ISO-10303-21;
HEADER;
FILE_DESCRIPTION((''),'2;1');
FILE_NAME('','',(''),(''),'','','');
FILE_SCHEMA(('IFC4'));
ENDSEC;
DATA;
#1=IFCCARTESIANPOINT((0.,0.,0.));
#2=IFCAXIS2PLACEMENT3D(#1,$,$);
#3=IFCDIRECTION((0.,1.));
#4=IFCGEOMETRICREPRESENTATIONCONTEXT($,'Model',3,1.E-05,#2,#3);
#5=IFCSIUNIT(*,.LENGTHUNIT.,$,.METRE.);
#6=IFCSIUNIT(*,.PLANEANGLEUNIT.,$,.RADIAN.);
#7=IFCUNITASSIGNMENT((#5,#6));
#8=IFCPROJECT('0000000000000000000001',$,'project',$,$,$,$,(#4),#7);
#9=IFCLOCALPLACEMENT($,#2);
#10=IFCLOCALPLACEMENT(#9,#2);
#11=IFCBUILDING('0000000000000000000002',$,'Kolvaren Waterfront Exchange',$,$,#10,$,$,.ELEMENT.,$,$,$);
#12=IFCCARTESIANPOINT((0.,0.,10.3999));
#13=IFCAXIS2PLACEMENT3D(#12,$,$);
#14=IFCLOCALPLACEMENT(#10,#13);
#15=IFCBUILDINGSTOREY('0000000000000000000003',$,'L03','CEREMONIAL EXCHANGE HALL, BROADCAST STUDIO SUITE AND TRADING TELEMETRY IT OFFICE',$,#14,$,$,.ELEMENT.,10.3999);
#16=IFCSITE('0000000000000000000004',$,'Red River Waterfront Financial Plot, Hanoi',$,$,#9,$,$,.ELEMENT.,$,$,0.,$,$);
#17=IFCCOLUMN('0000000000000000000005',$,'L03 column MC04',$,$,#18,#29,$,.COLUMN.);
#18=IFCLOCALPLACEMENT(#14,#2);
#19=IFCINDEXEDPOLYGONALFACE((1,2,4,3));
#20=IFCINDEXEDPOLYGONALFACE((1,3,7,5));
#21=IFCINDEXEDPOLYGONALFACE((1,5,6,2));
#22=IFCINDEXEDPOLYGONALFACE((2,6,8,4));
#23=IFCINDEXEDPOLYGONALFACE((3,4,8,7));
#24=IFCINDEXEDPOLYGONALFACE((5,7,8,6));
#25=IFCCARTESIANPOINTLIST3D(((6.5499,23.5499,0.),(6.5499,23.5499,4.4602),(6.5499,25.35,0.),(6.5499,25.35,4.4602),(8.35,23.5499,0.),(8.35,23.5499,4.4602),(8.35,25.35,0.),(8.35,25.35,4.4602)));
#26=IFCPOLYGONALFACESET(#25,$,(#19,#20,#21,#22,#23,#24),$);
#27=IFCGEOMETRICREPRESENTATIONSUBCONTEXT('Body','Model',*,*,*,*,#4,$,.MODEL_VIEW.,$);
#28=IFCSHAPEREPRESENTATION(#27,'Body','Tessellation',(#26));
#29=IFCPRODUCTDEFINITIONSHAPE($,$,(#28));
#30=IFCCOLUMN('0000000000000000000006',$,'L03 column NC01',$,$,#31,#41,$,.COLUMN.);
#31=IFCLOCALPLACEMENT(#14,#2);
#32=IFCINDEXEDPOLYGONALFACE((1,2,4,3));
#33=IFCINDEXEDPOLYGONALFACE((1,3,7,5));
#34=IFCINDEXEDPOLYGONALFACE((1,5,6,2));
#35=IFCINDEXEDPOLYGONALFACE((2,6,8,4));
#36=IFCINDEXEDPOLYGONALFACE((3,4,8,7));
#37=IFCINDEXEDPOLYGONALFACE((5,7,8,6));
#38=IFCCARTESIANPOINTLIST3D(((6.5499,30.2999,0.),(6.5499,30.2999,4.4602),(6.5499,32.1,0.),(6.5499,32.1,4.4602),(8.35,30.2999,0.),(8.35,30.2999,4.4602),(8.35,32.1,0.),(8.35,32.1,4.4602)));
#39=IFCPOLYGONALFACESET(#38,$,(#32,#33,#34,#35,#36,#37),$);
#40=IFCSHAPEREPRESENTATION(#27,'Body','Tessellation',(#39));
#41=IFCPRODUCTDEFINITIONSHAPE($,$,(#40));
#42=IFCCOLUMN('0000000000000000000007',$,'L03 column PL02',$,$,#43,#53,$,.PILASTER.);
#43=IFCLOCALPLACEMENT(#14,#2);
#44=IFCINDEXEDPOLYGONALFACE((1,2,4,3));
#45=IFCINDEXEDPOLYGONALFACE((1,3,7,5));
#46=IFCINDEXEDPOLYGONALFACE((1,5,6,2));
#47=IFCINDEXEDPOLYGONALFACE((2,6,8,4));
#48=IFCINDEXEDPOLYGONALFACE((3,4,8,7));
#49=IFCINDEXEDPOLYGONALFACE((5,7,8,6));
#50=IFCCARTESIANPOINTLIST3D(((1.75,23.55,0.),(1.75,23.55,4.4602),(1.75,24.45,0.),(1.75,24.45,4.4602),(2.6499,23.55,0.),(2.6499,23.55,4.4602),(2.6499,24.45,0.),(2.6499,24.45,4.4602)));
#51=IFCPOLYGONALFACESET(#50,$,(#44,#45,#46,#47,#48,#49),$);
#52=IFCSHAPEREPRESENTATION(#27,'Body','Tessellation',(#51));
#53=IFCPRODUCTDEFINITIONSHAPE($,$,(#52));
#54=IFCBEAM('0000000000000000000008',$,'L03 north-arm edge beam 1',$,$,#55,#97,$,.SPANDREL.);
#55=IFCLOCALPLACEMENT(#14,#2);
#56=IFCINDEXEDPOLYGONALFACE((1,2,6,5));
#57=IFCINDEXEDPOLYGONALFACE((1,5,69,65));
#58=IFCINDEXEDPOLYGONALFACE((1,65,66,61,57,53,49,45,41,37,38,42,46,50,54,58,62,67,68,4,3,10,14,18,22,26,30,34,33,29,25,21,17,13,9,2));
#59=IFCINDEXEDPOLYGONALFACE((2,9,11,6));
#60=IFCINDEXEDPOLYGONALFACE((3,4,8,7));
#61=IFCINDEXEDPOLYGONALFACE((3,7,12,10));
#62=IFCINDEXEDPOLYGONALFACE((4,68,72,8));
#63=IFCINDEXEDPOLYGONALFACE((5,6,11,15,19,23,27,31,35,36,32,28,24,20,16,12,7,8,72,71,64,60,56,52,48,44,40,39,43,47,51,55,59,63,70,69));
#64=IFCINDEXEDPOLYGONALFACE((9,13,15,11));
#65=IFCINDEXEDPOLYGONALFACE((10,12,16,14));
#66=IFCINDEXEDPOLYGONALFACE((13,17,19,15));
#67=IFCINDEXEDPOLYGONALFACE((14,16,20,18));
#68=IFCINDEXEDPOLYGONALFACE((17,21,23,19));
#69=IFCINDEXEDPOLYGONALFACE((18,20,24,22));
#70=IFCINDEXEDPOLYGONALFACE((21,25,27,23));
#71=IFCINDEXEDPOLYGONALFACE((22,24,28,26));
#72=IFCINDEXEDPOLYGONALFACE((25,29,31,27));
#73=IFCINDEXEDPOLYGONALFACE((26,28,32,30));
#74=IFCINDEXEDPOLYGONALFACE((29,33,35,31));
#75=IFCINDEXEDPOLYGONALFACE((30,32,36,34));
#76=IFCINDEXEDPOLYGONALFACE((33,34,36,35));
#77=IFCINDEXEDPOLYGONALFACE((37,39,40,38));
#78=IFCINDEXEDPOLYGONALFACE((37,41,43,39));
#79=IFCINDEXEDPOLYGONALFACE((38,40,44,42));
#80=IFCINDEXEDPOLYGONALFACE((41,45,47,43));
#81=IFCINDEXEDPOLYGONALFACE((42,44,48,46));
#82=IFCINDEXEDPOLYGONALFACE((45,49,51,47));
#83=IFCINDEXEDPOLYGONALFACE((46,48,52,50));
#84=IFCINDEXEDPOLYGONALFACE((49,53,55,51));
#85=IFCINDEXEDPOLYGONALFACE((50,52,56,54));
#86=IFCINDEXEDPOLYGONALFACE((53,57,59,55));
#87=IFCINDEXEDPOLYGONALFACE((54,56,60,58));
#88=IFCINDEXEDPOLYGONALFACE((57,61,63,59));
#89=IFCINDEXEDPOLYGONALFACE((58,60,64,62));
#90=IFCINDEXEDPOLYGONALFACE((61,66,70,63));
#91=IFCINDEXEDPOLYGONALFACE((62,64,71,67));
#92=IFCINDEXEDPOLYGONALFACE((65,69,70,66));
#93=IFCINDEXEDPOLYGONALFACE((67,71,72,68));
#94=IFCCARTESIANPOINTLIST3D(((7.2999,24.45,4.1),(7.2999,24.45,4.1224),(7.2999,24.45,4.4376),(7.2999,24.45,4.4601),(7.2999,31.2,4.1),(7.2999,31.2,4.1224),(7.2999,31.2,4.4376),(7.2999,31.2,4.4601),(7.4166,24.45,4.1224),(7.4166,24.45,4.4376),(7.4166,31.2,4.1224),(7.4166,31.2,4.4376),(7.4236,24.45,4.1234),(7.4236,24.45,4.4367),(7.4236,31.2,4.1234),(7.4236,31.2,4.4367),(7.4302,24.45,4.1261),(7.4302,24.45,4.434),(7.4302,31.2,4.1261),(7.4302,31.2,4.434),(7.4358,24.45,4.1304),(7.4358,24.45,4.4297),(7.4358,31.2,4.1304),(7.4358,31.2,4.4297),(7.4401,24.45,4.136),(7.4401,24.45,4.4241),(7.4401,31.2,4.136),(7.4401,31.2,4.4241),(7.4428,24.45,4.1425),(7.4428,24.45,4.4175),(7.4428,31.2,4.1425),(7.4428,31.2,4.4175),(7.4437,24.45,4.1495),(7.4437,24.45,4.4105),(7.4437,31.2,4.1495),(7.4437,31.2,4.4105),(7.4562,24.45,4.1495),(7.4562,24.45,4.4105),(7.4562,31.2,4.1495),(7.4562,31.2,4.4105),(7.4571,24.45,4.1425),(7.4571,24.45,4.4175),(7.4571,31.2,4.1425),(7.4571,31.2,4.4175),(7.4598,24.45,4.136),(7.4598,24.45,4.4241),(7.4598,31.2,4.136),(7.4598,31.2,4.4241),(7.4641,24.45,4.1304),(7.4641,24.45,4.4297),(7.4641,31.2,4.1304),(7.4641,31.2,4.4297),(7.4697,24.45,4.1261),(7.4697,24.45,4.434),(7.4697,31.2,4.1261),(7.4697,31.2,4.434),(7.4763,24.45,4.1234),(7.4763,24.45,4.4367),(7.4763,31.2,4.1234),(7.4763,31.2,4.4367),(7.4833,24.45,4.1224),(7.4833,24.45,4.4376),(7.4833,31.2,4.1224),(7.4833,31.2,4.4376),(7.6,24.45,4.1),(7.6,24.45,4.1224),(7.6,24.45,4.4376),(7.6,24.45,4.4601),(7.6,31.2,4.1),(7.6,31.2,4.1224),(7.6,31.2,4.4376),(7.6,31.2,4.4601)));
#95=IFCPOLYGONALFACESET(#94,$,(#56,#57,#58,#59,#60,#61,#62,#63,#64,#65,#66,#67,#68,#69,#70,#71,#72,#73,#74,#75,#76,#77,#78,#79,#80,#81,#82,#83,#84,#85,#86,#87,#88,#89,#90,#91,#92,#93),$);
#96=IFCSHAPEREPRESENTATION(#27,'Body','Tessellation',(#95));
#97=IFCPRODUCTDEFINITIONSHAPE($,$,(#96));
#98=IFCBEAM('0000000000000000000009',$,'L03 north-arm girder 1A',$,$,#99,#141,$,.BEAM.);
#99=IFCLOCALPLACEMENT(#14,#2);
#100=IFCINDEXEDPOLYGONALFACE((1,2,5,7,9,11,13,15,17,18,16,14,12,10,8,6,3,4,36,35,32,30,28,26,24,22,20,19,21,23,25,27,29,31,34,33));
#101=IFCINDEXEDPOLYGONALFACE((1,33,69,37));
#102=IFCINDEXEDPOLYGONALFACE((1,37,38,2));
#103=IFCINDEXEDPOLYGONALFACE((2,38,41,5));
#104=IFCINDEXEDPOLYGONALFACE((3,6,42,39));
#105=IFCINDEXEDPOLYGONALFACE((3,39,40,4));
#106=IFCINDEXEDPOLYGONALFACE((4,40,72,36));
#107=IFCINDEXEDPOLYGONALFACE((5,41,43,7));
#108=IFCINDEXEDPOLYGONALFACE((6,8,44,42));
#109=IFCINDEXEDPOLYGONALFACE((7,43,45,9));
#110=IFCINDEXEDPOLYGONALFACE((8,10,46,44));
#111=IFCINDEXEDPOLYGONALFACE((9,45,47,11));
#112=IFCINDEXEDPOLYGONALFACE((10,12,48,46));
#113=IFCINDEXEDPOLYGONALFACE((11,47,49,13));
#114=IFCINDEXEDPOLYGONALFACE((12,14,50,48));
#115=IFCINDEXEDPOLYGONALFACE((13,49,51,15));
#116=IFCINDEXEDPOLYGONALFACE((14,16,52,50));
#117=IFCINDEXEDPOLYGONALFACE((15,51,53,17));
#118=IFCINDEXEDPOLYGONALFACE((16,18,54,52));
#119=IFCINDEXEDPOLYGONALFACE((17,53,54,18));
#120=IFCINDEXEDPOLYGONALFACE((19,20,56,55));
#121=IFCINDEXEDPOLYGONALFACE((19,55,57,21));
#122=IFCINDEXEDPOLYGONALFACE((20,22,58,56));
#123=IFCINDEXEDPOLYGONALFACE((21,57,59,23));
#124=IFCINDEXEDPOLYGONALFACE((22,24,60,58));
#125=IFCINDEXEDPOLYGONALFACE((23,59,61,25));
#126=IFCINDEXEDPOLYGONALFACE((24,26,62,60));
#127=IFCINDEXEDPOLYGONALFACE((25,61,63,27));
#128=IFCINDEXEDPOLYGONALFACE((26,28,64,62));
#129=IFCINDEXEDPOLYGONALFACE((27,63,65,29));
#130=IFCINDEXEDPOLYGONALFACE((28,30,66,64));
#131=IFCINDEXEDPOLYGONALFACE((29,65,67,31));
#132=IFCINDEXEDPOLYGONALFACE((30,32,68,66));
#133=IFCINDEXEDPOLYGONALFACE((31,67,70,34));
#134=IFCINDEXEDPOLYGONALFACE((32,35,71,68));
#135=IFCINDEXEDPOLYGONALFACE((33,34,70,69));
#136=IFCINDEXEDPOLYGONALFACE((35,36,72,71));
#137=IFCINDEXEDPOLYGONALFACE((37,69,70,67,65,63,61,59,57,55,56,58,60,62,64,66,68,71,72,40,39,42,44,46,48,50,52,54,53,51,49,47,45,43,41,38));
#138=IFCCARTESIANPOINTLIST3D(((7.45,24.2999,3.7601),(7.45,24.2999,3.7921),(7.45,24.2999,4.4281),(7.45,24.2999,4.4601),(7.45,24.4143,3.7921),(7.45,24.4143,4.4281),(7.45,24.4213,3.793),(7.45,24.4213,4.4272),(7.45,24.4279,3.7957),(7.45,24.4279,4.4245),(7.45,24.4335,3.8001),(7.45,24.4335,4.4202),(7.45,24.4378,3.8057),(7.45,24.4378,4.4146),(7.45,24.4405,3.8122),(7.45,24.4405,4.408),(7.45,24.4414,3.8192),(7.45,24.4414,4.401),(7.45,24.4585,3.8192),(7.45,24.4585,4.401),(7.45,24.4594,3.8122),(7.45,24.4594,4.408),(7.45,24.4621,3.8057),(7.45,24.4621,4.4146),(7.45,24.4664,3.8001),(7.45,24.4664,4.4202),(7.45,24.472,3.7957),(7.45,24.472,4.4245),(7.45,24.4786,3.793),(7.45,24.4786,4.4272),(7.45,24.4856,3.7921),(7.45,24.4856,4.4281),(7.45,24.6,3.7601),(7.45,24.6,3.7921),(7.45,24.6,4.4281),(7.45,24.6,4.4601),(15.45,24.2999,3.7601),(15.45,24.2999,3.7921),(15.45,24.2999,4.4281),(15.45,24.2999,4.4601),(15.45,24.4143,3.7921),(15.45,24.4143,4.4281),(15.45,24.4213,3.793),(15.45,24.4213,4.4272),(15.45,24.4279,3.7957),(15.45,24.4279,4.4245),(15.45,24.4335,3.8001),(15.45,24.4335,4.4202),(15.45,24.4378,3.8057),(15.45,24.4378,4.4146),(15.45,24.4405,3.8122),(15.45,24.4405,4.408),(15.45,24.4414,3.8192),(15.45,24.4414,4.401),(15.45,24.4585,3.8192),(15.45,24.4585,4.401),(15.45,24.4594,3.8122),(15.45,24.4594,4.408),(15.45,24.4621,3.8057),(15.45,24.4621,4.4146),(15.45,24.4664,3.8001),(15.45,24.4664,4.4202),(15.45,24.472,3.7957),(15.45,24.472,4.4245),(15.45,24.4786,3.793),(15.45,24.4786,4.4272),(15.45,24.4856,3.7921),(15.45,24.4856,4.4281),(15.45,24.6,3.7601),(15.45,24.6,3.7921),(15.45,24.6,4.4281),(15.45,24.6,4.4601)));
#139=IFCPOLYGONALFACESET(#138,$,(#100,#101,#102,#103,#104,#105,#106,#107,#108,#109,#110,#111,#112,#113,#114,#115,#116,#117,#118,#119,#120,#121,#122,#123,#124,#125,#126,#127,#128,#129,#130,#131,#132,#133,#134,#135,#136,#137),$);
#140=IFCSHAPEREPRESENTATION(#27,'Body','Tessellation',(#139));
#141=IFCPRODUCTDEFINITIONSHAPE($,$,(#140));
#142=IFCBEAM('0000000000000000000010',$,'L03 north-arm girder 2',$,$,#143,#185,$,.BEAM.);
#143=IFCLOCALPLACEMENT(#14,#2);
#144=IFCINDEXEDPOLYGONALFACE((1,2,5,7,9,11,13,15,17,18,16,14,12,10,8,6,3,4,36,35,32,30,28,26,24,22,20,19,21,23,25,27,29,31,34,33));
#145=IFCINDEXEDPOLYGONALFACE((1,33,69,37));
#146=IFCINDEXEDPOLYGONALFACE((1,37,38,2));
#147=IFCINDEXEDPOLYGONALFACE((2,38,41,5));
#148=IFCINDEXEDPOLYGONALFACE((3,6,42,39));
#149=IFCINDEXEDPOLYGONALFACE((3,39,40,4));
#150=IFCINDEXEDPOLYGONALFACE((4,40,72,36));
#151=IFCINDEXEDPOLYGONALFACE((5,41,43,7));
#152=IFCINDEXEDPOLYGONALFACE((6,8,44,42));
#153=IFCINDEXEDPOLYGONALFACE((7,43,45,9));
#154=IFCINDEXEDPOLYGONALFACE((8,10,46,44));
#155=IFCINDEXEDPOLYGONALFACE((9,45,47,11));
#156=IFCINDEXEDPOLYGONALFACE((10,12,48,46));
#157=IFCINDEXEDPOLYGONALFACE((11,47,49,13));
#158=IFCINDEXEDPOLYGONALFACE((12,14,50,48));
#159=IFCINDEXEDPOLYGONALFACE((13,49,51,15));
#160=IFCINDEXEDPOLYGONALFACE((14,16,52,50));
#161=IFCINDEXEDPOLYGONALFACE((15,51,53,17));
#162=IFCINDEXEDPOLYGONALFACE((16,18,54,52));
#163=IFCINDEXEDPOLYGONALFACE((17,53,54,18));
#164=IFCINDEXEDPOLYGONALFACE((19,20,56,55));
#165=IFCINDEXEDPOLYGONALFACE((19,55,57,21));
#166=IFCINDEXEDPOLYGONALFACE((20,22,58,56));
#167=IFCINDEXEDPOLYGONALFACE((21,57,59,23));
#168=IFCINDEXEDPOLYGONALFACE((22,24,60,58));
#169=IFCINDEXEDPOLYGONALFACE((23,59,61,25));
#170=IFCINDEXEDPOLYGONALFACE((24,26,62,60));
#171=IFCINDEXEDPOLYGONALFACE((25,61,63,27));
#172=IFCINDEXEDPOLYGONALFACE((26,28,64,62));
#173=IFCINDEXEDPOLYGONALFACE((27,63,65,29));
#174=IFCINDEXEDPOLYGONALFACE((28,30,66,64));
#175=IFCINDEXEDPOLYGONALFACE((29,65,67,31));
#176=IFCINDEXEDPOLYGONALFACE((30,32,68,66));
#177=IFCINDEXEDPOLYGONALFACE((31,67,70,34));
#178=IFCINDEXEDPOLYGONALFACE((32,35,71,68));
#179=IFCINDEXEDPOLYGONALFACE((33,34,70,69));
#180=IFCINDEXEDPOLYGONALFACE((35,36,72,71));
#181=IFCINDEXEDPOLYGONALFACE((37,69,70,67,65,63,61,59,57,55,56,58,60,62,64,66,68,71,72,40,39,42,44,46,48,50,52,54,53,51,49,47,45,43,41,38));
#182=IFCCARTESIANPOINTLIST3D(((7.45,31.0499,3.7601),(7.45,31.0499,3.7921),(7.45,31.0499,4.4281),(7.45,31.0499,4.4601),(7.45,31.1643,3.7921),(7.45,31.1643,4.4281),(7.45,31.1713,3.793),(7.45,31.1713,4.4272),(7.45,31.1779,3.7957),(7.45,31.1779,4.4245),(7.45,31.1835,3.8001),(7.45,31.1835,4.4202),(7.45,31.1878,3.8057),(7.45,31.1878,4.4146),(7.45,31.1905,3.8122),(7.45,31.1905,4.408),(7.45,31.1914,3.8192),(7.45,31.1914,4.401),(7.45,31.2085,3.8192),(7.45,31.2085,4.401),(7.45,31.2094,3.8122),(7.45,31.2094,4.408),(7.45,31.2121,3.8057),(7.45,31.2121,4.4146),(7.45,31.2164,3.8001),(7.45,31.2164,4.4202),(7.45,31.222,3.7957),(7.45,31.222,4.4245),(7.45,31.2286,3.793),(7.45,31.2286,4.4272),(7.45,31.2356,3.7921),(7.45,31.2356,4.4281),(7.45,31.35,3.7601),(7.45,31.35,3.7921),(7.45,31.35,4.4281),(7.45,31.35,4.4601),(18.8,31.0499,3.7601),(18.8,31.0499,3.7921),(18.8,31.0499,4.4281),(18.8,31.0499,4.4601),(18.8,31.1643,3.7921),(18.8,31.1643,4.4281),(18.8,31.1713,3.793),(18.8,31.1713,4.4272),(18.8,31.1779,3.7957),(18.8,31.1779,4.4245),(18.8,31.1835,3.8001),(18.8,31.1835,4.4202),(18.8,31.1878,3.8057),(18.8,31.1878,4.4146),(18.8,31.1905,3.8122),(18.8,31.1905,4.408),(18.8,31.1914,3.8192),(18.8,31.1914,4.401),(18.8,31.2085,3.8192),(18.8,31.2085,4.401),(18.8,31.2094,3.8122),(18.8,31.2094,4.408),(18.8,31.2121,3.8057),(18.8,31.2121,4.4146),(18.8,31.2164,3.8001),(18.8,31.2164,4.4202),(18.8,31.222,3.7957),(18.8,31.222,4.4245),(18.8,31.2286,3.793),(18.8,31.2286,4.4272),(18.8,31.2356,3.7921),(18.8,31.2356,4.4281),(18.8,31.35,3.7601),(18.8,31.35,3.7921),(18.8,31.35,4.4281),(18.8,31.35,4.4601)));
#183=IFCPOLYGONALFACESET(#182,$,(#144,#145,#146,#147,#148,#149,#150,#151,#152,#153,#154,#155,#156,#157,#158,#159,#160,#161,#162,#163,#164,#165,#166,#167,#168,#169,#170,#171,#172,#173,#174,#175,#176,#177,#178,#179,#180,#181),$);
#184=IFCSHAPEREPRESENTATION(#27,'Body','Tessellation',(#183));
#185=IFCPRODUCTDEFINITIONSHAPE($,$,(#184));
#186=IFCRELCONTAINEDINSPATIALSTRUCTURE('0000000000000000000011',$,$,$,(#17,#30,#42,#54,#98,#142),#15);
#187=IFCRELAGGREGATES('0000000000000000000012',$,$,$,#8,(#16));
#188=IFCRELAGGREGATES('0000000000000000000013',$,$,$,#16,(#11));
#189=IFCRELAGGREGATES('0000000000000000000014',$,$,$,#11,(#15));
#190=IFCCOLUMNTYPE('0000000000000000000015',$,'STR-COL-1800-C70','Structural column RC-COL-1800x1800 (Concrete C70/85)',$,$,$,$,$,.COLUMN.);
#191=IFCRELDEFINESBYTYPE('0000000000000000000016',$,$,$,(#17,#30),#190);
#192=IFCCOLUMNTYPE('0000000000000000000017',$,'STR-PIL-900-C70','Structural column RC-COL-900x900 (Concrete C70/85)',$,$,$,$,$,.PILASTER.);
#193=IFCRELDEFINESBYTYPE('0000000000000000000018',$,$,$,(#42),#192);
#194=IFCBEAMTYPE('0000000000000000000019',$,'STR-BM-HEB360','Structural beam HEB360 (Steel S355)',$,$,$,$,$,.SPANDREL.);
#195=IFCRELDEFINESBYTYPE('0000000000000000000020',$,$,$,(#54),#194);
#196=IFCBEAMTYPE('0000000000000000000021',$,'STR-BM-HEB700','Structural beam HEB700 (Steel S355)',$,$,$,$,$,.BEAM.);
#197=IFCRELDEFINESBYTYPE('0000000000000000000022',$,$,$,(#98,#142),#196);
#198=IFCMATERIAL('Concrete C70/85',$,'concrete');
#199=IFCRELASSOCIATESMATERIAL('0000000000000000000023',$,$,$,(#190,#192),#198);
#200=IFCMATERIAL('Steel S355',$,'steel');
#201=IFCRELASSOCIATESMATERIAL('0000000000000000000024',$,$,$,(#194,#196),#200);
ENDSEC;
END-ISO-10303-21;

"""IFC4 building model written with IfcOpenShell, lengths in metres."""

from ifc_helpers import new_model, si_unit, direction, frame, origin, origin_2d, place, context, subcontext, project, spatial, rectangle, i_section, extrude, material, material_profile, profile_set, type_object, element, save


model = new_model("IFC4")

# Units and contexts
model_context = context("Model", 3, precision=1e-05, world=origin(), true_north=direction((0.0, 1.0)))
body_context = subcontext(model_context, "Body", "Model", "MODEL_VIEW")
ifc_project = project(units=[si_unit("LENGTHUNIT", "METRE"), si_unit("PLANEANGLEUNIT", "RADIAN")], contexts=[model_context])

# Site, building, storey
site_placement = place(None, origin())
site = spatial("IfcSite", under=ifc_project, at=site_placement, Name="Red River Waterfront Financial Plot, Hanoi", CompositionType="ELEMENT", RefElevation=0.0)
building_placement = place(site_placement, origin())
building = spatial("IfcBuilding", under=site, at=building_placement, Name="Kolvaren Waterfront Exchange", CompositionType="ELEMENT")
storey_placement = place(building_placement, frame((0.0, 0.0, 10.3999)))
storey = spatial("IfcBuildingStorey", under=building, at=storey_placement, Name="L03", Description="CEREMONIAL EXCHANGE HALL, BROADCAST STUDIO SUITE AND TRADING TELEMETRY IT OFFICE", CompositionType="ELEMENT", Elevation=10.3999)

# Columns
ifc_material_1 = material(Name="Concrete C70/85", Category="concrete")
ifc_material_profile_1 = material_profile(ifc_material_1, rectangle(XDim=1.8, YDim=1.8, at=origin_2d()), Name="RC-COL-1800x1800")
ifc_profile_set_1 = profile_set([ifc_material_profile_1], Name="Concrete C70/85")
column_type_1 = type_object("IfcColumnType", Name="STR-COL-1800-C70", Description="Structural column RC-COL-1800x1800 (Concrete C70/85)", PredefinedType="COLUMN", material=ifc_profile_set_1)
for number, where, z_axis, x_axis, name in (
    (1, (7.45, 24.45, 0.0), (0.0, 0.0, 1.0), (1.0, 0.0, 0.0), "L03 column MC04"),
    (2, (7.45, 31.2, 0.0), (0.0, 0.0, 1.0), (1.0, 0.0, 0.0), "L03 column NC01"),
):
    element("IfcColumn", number, at=place(storey_placement, frame(where, z_axis=z_axis, x_axis=x_axis)), inside=storey, type_object=column_type_1, Name=name, PredefinedType="COLUMN", context=body_context, shape_type="SweptSolid", body=[
        extrude(rectangle(XDim=1.8, YDim=1.8, at=origin_2d()), origin(), (0.0, 0.0, 1.0), 4.4602),
    ])
ifc_material_profile_2 = material_profile(ifc_material_1, rectangle(XDim=0.8999, YDim=0.8999, at=origin_2d()), Name="RC-COL-900x900")
ifc_profile_set_2 = profile_set([ifc_material_profile_2], Name="Concrete C70/85")
column_type_2 = type_object("IfcColumnType", Name="STR-PIL-900-C70", Description="Structural column RC-COL-900x900 (Concrete C70/85)", PredefinedType="PILASTER", material=ifc_profile_set_2)
column_placement = place(storey_placement, frame((2.2, 24.0, 0.0), z_axis=(0.0, 0.0, 1.0), x_axis=(1.0, 0.0, 0.0)))
element("IfcColumn", 3, at=column_placement, inside=storey, type_object=column_type_2, Name="L03 column PL02", PredefinedType="PILASTER", context=body_context, shape_type="SweptSolid", body=[
    extrude(rectangle(XDim=0.8999, YDim=0.8999, at=origin_2d()), origin(), (0.0, 0.0, 1.0), 4.4602),
])

# Beams
ifc_material_2 = material(Name="Steel S355", Category="steel")
ifc_material_profile_3 = material_profile(ifc_material_2, i_section(OverallWidth=0.3, OverallDepth=0.3601, WebThickness=0.0125, FlangeThickness=0.0225, FilletRadius=0.0271, at=origin_2d()), Name="HEB360")
ifc_profile_set_3 = profile_set([ifc_material_profile_3], Name="Steel S355")
beam_type_1 = type_object("IfcBeamType", Name="STR-BM-HEB360", Description="Structural beam HEB360 (Steel S355)", PredefinedType="SPANDREL", material=ifc_profile_set_3)
beam_1_placement = place(storey_placement, frame((7.45, 24.45, 4.28), z_axis=(0.0, 1.0, 0.0), x_axis=(-1.0, 0.0, 0.0)))
element("IfcBeam", 4, at=beam_1_placement, inside=storey, type_object=beam_type_1, Name="L03 north-arm edge beam 1", PredefinedType="SPANDREL", context=body_context, shape_type="SweptSolid", body=[
    extrude(i_section(OverallWidth=0.3, OverallDepth=0.3601, WebThickness=0.0125, FlangeThickness=0.0225, FilletRadius=0.0271, at=origin_2d()), origin(), (0.0, 0.0, 1.0), 6.75),
])
ifc_material_profile_4 = material_profile(ifc_material_2, i_section(OverallWidth=0.3, OverallDepth=0.7, WebThickness=0.0171, FlangeThickness=0.032, FilletRadius=0.0271, at=origin_2d()), Name="HEB700")
ifc_profile_set_4 = profile_set([ifc_material_profile_4], Name="Steel S355")
beam_type_2 = type_object("IfcBeamType", Name="STR-BM-HEB700", Description="Structural beam HEB700 (Steel S355)", PredefinedType="BEAM", material=ifc_profile_set_4)
beam_2_placement = place(storey_placement, frame((7.45, 24.45, 4.1101), z_axis=(1.0, 0.0, 0.0), x_axis=(0.0, 1.0, 0.0)))
element("IfcBeam", 5, at=beam_2_placement, inside=storey, type_object=beam_type_2, Name="L03 north-arm girder 1A", PredefinedType="BEAM", context=body_context, shape_type="SweptSolid", body=[
    extrude(i_section(OverallWidth=0.3, OverallDepth=0.7, WebThickness=0.0171, FlangeThickness=0.032, FilletRadius=0.0271, at=origin_2d()), origin(), (0.0, 0.0, 1.0), 8.0),
])
beam_3_placement = place(storey_placement, frame((7.45, 31.2, 4.1101), z_axis=(1.0, 0.0, 0.0), x_axis=(0.0, 1.0, 0.0)))
element("IfcBeam", 6, at=beam_3_placement, inside=storey, type_object=beam_type_2, Name="L03 north-arm girder 2", PredefinedType="BEAM", context=body_context, shape_type="SweptSolid", body=[
    extrude(i_section(OverallWidth=0.3, OverallDepth=0.7, WebThickness=0.0171, FlangeThickness=0.032, FilletRadius=0.0271, at=origin_2d()), origin(), (0.0, 0.0, 1.0), 11.3501),
])

save(model, "model.ifc")
